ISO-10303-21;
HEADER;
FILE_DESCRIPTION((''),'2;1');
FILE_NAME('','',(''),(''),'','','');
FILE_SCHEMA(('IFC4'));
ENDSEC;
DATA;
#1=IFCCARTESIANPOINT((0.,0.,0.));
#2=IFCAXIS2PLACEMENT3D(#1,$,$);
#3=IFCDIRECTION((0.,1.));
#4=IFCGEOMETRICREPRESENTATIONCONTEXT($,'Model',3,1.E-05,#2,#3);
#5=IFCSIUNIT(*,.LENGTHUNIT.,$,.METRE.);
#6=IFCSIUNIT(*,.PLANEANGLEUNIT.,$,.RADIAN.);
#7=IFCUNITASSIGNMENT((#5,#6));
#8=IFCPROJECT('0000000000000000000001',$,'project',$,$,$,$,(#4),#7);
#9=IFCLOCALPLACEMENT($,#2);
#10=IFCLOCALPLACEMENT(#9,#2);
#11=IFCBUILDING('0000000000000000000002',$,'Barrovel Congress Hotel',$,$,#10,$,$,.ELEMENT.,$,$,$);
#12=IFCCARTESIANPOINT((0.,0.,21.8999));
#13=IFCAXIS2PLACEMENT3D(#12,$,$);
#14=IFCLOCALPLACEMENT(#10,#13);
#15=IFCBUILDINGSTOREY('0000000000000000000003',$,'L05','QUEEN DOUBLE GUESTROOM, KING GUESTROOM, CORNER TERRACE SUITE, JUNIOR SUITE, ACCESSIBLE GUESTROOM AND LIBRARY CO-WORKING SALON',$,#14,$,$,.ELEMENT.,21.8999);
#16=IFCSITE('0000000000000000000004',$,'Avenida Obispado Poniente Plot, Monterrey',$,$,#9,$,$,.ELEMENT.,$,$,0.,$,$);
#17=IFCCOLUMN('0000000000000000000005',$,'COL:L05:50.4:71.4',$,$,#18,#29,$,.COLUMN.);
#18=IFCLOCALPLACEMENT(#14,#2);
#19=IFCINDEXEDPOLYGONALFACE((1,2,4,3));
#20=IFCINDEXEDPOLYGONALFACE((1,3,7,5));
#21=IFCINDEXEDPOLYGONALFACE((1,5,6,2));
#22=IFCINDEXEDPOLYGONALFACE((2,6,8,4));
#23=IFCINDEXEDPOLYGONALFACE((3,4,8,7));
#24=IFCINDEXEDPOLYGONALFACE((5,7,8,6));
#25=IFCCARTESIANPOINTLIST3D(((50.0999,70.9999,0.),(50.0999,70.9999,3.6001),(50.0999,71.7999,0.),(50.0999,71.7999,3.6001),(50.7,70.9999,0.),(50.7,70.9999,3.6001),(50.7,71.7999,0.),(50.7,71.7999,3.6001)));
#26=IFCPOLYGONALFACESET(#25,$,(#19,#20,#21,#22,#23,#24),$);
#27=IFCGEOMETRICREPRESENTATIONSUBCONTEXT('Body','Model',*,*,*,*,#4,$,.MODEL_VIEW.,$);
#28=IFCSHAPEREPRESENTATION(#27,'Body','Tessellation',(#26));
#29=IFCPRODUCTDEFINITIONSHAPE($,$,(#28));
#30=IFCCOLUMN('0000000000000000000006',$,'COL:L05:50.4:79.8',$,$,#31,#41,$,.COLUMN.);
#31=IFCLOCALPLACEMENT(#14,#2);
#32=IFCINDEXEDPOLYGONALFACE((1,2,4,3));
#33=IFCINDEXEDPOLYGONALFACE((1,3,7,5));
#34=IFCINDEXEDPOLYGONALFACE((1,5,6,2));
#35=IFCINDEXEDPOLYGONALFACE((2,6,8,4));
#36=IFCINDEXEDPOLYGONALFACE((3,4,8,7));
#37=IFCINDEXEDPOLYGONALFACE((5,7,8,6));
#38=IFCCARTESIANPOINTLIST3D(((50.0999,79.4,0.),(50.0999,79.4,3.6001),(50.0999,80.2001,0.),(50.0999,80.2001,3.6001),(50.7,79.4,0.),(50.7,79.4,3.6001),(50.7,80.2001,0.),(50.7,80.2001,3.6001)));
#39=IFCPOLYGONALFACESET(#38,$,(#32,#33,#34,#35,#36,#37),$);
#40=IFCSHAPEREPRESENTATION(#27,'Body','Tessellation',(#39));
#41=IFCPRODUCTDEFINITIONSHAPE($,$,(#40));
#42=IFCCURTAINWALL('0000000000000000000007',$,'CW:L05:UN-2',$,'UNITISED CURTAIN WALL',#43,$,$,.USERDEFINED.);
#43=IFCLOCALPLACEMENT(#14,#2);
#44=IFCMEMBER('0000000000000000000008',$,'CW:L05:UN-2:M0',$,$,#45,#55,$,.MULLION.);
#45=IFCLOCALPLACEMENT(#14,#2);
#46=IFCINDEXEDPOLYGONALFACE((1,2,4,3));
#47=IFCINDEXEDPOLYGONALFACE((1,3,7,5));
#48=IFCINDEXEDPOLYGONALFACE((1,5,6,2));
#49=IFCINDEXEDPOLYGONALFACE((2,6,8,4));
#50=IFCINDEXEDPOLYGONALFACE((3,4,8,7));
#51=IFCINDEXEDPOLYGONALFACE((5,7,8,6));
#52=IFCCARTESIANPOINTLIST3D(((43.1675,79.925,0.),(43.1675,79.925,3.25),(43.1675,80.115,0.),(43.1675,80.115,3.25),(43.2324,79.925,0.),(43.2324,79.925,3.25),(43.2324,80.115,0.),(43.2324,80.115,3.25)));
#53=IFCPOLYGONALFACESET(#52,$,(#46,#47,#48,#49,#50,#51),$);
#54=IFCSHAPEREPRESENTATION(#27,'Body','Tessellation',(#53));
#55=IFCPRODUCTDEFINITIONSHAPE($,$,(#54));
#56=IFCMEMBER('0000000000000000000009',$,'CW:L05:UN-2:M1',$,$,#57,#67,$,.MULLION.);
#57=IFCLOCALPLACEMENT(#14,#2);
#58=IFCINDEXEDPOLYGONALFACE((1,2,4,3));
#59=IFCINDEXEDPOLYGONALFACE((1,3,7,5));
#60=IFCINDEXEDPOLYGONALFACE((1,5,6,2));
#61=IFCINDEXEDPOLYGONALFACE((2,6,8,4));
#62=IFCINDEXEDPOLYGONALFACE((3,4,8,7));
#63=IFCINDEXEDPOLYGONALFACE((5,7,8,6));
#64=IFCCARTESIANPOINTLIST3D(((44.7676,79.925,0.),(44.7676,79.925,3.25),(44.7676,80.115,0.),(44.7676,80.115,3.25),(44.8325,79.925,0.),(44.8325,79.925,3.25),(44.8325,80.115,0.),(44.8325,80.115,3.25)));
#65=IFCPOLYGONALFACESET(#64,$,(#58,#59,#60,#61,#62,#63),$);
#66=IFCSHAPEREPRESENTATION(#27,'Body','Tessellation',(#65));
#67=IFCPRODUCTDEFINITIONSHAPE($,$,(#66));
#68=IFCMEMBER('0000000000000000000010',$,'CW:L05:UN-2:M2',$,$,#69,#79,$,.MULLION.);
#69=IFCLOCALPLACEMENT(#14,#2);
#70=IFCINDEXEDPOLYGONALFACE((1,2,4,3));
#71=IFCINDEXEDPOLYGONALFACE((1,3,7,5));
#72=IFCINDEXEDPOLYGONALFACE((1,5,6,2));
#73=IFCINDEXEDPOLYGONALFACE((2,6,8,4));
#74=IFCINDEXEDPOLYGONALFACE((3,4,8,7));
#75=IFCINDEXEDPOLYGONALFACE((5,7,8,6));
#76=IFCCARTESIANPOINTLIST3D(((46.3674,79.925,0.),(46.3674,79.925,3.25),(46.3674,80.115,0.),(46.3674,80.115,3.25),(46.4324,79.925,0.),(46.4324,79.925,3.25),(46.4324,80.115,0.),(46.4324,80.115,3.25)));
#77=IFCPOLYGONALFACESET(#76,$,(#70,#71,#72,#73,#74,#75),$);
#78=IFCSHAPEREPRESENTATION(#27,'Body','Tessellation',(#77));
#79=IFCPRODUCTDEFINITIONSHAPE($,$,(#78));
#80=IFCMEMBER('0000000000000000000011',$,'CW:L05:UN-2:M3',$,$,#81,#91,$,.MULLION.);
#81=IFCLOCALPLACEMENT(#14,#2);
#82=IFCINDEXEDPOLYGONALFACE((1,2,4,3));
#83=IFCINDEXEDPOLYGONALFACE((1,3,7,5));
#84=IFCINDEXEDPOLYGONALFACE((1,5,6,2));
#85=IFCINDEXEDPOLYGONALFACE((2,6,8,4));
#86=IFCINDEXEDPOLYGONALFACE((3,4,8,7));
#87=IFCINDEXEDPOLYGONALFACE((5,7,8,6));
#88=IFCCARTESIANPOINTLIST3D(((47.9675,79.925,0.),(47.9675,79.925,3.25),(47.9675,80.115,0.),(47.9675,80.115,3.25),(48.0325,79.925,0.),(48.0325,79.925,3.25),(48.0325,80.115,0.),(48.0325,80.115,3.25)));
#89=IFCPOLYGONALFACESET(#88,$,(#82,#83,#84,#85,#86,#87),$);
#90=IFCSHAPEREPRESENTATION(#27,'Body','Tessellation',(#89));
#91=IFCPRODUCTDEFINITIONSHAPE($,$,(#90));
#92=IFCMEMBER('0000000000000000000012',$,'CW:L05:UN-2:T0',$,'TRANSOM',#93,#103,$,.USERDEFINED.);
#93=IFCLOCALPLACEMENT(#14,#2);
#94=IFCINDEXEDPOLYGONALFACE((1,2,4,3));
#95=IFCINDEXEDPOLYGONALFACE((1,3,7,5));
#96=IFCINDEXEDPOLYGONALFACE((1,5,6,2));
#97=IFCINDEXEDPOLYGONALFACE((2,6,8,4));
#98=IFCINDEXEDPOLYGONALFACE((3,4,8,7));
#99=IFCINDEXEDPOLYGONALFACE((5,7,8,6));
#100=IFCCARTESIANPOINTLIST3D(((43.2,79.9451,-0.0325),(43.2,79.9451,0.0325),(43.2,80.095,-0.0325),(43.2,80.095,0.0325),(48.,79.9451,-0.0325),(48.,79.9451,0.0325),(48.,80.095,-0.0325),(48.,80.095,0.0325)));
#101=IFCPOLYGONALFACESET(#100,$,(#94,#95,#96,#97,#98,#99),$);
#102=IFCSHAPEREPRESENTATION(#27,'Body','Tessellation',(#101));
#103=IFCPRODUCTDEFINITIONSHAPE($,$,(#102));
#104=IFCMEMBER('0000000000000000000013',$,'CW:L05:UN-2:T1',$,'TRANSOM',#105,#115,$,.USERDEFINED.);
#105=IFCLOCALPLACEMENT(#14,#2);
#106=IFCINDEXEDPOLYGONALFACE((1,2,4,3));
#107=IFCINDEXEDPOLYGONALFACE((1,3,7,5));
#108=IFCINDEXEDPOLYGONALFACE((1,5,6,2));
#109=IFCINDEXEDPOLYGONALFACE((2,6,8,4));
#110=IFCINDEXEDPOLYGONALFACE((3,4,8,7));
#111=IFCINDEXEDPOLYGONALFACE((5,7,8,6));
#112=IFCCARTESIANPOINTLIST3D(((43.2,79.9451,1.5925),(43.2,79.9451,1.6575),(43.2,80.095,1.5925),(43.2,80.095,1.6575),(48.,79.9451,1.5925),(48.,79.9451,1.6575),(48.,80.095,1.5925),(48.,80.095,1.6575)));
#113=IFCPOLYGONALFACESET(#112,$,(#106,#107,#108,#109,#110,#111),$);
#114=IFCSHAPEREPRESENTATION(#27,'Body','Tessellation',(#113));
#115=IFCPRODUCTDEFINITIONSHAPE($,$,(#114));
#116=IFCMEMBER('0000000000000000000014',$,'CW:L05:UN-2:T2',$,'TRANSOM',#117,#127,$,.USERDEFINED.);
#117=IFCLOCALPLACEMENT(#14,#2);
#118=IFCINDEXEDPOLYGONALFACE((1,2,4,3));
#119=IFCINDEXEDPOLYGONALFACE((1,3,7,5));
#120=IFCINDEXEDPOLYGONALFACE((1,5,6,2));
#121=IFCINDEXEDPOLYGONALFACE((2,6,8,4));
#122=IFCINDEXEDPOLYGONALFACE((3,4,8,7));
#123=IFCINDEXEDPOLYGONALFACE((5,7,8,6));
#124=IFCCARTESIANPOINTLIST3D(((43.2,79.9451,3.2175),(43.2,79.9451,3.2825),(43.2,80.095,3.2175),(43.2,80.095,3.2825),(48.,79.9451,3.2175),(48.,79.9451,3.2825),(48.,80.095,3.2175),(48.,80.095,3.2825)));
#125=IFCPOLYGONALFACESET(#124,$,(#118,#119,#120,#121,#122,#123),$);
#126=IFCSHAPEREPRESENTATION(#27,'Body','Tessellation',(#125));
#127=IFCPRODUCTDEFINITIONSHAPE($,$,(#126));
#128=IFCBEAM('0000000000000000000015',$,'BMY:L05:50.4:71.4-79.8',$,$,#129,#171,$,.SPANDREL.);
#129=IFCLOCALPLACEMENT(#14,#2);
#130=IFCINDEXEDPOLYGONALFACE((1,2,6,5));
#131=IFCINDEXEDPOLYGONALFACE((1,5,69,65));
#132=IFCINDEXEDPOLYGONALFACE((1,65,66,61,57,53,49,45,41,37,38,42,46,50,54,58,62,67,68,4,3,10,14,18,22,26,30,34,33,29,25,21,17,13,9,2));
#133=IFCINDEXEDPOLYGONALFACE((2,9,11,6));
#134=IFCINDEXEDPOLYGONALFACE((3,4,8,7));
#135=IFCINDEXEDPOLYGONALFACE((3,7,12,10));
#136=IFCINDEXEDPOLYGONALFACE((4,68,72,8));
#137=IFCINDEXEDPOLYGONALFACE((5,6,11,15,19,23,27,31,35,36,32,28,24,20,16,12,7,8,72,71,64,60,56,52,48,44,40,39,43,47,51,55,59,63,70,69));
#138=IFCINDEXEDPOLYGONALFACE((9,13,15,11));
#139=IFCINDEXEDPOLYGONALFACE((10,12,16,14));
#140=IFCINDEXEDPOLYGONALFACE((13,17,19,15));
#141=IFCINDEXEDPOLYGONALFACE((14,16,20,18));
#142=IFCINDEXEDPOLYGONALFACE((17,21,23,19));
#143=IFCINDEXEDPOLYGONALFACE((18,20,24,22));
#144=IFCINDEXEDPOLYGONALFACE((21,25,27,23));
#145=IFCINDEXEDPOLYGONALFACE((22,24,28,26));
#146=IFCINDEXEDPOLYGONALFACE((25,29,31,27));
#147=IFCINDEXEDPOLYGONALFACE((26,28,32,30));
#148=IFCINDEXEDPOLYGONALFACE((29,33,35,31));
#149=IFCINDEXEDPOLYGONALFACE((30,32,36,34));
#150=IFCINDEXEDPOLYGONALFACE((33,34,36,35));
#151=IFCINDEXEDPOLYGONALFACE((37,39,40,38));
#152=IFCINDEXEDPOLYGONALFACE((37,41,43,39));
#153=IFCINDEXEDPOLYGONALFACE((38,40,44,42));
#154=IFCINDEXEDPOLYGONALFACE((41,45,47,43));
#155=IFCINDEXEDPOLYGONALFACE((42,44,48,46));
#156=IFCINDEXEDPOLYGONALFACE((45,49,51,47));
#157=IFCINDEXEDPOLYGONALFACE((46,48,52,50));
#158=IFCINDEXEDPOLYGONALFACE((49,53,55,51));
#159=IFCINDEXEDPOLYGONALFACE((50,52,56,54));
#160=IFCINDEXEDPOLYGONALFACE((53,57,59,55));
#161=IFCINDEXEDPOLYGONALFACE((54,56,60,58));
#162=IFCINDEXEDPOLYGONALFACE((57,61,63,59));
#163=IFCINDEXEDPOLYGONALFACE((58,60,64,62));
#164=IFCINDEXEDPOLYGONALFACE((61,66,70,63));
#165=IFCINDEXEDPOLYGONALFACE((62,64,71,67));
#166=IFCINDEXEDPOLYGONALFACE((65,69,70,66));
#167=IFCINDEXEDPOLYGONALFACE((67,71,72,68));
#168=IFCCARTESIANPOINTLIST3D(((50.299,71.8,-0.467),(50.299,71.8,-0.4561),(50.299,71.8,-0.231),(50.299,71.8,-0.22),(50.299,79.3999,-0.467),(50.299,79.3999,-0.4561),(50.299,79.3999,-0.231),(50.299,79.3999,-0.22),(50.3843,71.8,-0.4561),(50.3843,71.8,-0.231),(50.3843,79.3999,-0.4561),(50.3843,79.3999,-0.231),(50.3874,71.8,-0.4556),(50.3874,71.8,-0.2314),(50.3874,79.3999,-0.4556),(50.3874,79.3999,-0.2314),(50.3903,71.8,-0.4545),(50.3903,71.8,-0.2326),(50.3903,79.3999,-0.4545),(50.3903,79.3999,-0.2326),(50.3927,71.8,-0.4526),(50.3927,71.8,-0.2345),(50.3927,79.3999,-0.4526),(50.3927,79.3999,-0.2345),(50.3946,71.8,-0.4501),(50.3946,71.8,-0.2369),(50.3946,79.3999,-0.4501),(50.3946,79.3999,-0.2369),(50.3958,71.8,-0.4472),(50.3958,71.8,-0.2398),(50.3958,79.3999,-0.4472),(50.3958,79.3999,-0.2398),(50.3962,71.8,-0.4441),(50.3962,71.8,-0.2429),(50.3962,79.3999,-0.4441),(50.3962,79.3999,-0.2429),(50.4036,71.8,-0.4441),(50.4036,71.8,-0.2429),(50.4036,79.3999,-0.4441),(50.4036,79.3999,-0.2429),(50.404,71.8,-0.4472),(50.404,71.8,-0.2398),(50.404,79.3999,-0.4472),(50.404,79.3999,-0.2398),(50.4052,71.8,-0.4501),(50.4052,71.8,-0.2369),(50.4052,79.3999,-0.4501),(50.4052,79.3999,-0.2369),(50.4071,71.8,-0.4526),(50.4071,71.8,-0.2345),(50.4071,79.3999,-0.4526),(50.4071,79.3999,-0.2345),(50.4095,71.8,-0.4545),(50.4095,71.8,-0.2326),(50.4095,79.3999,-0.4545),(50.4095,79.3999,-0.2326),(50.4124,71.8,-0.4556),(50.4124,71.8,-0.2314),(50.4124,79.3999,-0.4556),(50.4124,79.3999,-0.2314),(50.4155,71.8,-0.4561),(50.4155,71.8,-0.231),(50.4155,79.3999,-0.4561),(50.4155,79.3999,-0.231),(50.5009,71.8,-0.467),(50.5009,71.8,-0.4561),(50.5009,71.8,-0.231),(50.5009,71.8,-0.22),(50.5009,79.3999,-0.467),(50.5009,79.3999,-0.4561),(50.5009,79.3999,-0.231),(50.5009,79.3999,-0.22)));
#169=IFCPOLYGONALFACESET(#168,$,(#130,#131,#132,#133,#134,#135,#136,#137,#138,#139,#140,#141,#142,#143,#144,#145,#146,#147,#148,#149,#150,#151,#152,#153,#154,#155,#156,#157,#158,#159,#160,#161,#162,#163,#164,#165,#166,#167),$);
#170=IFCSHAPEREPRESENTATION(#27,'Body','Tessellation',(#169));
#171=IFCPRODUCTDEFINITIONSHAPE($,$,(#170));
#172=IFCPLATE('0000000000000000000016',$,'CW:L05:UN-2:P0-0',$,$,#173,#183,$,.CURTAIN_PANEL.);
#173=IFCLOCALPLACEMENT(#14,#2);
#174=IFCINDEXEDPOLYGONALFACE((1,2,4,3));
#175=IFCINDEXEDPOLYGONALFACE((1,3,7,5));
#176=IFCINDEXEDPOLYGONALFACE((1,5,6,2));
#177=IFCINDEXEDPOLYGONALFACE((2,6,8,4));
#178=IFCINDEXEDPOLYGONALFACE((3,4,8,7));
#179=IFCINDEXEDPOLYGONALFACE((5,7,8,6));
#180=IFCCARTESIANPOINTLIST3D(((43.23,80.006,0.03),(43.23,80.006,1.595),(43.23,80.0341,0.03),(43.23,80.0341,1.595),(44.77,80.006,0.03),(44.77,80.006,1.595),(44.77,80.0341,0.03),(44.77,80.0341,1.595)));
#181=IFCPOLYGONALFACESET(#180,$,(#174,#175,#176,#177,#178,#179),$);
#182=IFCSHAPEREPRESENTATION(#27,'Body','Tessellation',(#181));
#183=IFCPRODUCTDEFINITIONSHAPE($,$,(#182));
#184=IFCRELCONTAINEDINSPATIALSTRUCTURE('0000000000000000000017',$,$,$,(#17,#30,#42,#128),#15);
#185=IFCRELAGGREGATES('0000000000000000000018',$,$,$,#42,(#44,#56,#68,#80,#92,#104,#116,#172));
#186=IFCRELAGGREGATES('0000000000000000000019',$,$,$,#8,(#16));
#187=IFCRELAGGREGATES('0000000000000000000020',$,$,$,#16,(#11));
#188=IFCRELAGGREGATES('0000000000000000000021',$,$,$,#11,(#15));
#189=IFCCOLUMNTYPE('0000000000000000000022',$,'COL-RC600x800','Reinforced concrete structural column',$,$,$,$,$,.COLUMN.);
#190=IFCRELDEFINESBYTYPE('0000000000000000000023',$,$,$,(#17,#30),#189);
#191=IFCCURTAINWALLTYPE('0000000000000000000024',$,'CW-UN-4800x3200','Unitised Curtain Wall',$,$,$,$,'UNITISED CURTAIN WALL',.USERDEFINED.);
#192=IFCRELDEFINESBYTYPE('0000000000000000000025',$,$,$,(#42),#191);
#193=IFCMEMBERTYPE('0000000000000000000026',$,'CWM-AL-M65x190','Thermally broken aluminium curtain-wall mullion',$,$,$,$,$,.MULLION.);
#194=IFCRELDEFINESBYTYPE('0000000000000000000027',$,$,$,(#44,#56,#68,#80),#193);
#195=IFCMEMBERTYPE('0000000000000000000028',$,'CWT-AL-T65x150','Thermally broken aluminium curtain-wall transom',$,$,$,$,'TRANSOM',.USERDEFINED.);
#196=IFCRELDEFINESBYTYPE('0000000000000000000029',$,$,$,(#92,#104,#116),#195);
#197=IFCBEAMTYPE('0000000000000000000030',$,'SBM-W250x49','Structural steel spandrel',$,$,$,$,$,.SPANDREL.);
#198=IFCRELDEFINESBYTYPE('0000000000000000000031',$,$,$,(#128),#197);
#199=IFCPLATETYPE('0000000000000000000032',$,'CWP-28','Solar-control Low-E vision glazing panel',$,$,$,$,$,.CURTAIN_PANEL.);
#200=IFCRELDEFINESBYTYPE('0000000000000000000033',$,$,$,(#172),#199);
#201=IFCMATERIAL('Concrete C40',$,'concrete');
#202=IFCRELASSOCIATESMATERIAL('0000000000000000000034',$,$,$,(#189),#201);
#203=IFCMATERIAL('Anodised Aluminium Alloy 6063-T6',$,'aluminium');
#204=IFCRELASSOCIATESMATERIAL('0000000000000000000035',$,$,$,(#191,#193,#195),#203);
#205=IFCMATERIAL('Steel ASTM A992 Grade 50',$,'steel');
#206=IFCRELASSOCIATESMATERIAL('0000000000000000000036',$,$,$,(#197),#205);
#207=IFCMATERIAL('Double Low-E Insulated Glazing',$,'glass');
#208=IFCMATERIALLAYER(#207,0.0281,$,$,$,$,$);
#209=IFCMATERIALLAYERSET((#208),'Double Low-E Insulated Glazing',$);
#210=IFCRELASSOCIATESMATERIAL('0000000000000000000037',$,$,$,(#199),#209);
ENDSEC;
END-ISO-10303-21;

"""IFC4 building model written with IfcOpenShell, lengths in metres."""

from ifc_helpers import new_model, si_unit, direction, frame, origin, origin_2d, place, context, subcontext, project, spatial, rectangle, i_section, extrude, material, layer, layer_set, material_profile, profile_set, type_object, element, aggregate, save


model = new_model("IFC4")

# Units and contexts
model_context = context("Model", 3, precision=1e-05, world=origin(), true_north=direction((0.0, 1.0)))
body_context = subcontext(model_context, "Body", "Model", "MODEL_VIEW")
ifc_project = project(units=[si_unit("LENGTHUNIT", "METRE"), si_unit("PLANEANGLEUNIT", "RADIAN")], contexts=[model_context])

# Site, building, storey
site_placement = place(None, origin())
site = spatial("IfcSite", under=ifc_project, at=site_placement, Name="Avenida Obispado Poniente Plot, Monterrey", CompositionType="ELEMENT", RefElevation=0.0)
building_placement = place(site_placement, origin())
building = spatial("IfcBuilding", under=site, at=building_placement, Name="Barrovel Congress Hotel", CompositionType="ELEMENT")
storey_placement = place(building_placement, frame((0.0, 0.0, 21.8999)))
storey = spatial("IfcBuildingStorey", under=building, at=storey_placement, Name="L05", Description="QUEEN DOUBLE GUESTROOM, KING GUESTROOM, CORNER TERRACE SUITE, JUNIOR SUITE, ACCESSIBLE GUESTROOM AND LIBRARY CO-WORKING SALON", CompositionType="ELEMENT", Elevation=21.8999)

# Columns
ifc_material_1 = material(Name="Concrete C40", Category="concrete")
ifc_material_profile_1 = material_profile(ifc_material_1, rectangle(XDim=0.6001, YDim=0.8, at=origin_2d()), Name="RC600x800")
ifc_profile_set_1 = profile_set([ifc_material_profile_1], Name="Concrete C40")
column_type = type_object("IfcColumnType", Name="COL-RC600x800", Description="Reinforced concrete structural column", PredefinedType="COLUMN", material=ifc_profile_set_1)
for number, where, z_axis, x_axis, name in (
    (1, (50.3999, 71.3999, 0.0), (0.0, 0.0, 1.0), (1.0, 0.0, 0.0), "COL:L05:50.4:71.4"),
    (2, (50.3999, 79.8, 0.0), (0.0, 0.0, 1.0), (1.0, 0.0, 0.0), "COL:L05:50.4:79.8"),
):
    element("IfcColumn", number, at=place(storey_placement, frame(where, z_axis=z_axis, x_axis=x_axis)), inside=storey, type_object=column_type, Name=name, PredefinedType="COLUMN", context=body_context, shape_type="SweptSolid", body=[
        extrude(rectangle(XDim=0.6001, YDim=0.8, at=origin_2d()), origin(), (0.0, 0.0, 1.0), 3.6001),
    ])

# Curtain wall, members
ifc_material_2 = material(Name="Anodised Aluminium Alloy 6063-T6", Category="aluminium")
curtain_wall_type = type_object("IfcCurtainWallType", Name="CW-UN-4800x3200", Description="Unitised Curtain Wall", ElementType="UNITISED CURTAIN WALL", PredefinedType="USERDEFINED", material=ifc_material_2)
curtain_wall_placement = place(storey_placement, origin())
curtain_wall = element("IfcCurtainWall", 3, at=curtain_wall_placement, inside=storey, type_object=curtain_wall_type, Name="CW:L05:UN-2", ObjectType="UNITISED CURTAIN WALL", PredefinedType="USERDEFINED")
ifc_material_profile_2 = material_profile(ifc_material_2, rectangle(XDim=0.0649, YDim=0.1899, at=origin_2d()), Name="AL-M65x190")
ifc_profile_set_2 = profile_set([ifc_material_profile_2], Name="Anodised Aluminium Alloy 6063-T6")
member_type_1 = type_object("IfcMemberType", Name="CWM-AL-M65x190", Description="Thermally broken aluminium curtain-wall mullion", PredefinedType="MULLION", material=ifc_profile_set_2)
member_1_placement = place(storey_placement, frame((43.2, 80.02, 0.0), z_axis=(0.0, 0.0, 1.0), x_axis=(1.0, 0.0, 0.0)))
member_1 = element("IfcMember", 4, at=member_1_placement, type_object=member_type_1, Name="CW:L05:UN-2:M0", PredefinedType="MULLION", context=body_context, shape_type="SweptSolid", body=[
    extrude(rectangle(XDim=0.0649, YDim=0.1899, at=origin_2d()), origin(), (0.0, 0.0, 1.0), 3.25),
])
member_2_placement = place(storey_placement, frame((44.8, 80.02, 0.0), z_axis=(0.0, 0.0, 1.0), x_axis=(1.0, 0.0, 0.0)))
member_2 = element("IfcMember", 5, at=member_2_placement, type_object=member_type_1, Name="CW:L05:UN-2:M1", PredefinedType="MULLION", context=body_context, shape_type="SweptSolid", body=[
    extrude(rectangle(XDim=0.0649, YDim=0.1899, at=origin_2d()), origin(), (0.0, 0.0, 1.0), 3.25),
])
member_3_placement = place(storey_placement, frame((46.3999, 80.02, 0.0), z_axis=(0.0, 0.0, 1.0), x_axis=(1.0, 0.0, 0.0)))
member_3 = element("IfcMember", 6, at=member_3_placement, type_object=member_type_1, Name="CW:L05:UN-2:M2", PredefinedType="MULLION", context=body_context, shape_type="SweptSolid", body=[
    extrude(rectangle(XDim=0.0649, YDim=0.1899, at=origin_2d()), origin(), (0.0, 0.0, 1.0), 3.25),
])
member_4_placement = place(storey_placement, frame((48.0, 80.02, 0.0), z_axis=(0.0, 0.0, 1.0), x_axis=(1.0, 0.0, 0.0)))
member_4 = element("IfcMember", 7, at=member_4_placement, type_object=member_type_1, Name="CW:L05:UN-2:M3", PredefinedType="MULLION", context=body_context, shape_type="SweptSolid", body=[
    extrude(rectangle(XDim=0.0649, YDim=0.1899, at=origin_2d()), origin(), (0.0, 0.0, 1.0), 3.25),
])
ifc_material_profile_3 = material_profile(ifc_material_2, rectangle(XDim=0.1499, YDim=0.0649, at=origin_2d()), Name="AL-T65x150")
ifc_profile_set_3 = profile_set([ifc_material_profile_3], Name="Anodised Aluminium Alloy 6063-T6")
member_type_2 = type_object("IfcMemberType", Name="CWT-AL-T65x150", Description="Thermally broken aluminium curtain-wall transom", ElementType="TRANSOM", PredefinedType="USERDEFINED", material=ifc_profile_set_3)
member_5_placement = place(storey_placement, frame((43.2, 80.02, 0.0), z_axis=(1.0, 0.0, 0.0), x_axis=(0.0, 1.0, 0.0)))
member_5 = element("IfcMember", 8, at=member_5_placement, type_object=member_type_2, Name="CW:L05:UN-2:T0", ObjectType="TRANSOM", PredefinedType="USERDEFINED", context=body_context, shape_type="SweptSolid", body=[
    extrude(rectangle(XDim=0.1499, YDim=0.0649, at=origin_2d()), origin(), (0.0, 0.0, 1.0), 4.8),
])
member_6_placement = place(storey_placement, frame((43.2, 80.02, 1.625), z_axis=(1.0, 0.0, 0.0), x_axis=(0.0, 1.0, 0.0)))
member_6 = element("IfcMember", 9, at=member_6_placement, type_object=member_type_2, Name="CW:L05:UN-2:T1", ObjectType="TRANSOM", PredefinedType="USERDEFINED", context=body_context, shape_type="SweptSolid", body=[
    extrude(rectangle(XDim=0.1499, YDim=0.0649, at=origin_2d()), origin(), (0.0, 0.0, 1.0), 4.8),
])
member_7_placement = place(storey_placement, frame((43.2, 80.02, 3.25), z_axis=(1.0, 0.0, 0.0), x_axis=(0.0, 1.0, 0.0)))
member_7 = element("IfcMember", 10, at=member_7_placement, type_object=member_type_2, Name="CW:L05:UN-2:T2", ObjectType="TRANSOM", PredefinedType="USERDEFINED", context=body_context, shape_type="SweptSolid", body=[
    extrude(rectangle(XDim=0.1499, YDim=0.0649, at=origin_2d()), origin(), (0.0, 0.0, 1.0), 4.8),
])

# Beam
ifc_material_3 = material(Name="Steel ASTM A992 Grade 50", Category="steel")
ifc_material_profile_4 = material_profile(ifc_material_3, i_section(OverallWidth=0.2019, OverallDepth=0.2471, WebThickness=0.0073, FlangeThickness=0.011, FilletRadius=0.012, at=origin_2d()), Name="W250x49")
ifc_profile_set_4 = profile_set([ifc_material_profile_4], Name="Steel ASTM A992 Grade 50")
beam_type = type_object("IfcBeamType", Name="SBM-W250x49", Description="Structural steel spandrel", PredefinedType="SPANDREL", material=ifc_profile_set_4)
beam_placement = place(storey_placement, frame((50.3999, 71.8, -0.3435), z_axis=(0.0, 1.0, 0.0), x_axis=(-1.0, 0.0, 0.0)))
element("IfcBeam", 11, at=beam_placement, inside=storey, type_object=beam_type, Name="BMY:L05:50.4:71.4-79.8", PredefinedType="SPANDREL", context=body_context, shape_type="SweptSolid", body=[
    extrude(i_section(OverallWidth=0.2019, OverallDepth=0.2471, WebThickness=0.0073, FlangeThickness=0.011, FilletRadius=0.012, at=origin_2d()), origin(), (0.0, 0.0, 1.0), 7.5999),
])

# Plate
ifc_material_4 = material(Name="Double Low-E Insulated Glazing", Category="glass")
ifc_layer_1 = layer(ifc_material_4, 0.0281)
ifc_layer_set_1 = layer_set([ifc_layer_1], Name="Double Low-E Insulated Glazing")
plate_type = type_object("IfcPlateType", Name="CWP-28", Description="Solar-control Low-E vision glazing panel", PredefinedType="CURTAIN_PANEL", material=ifc_layer_set_1)
plate_1_placement = place(storey_placement, frame((44.0, 80.02, 0.03), z_axis=(0.0, 0.0, 1.0), x_axis=(1.0, 0.0, 0.0)))
plate_1 = element("IfcPlate", 12, at=plate_1_placement, type_object=plate_type, Name="CW:L05:UN-2:P0-0", PredefinedType="CURTAIN_PANEL", context=body_context, shape_type="SweptSolid", body=[
    extrude(rectangle(XDim=1.54, YDim=0.0281, at=origin_2d()), origin(), (0.0, 0.0, 1.0), 1.5649),
])
aggregate(curtain_wall, [member_1, member_2, member_3, member_4, member_5, member_6, member_7, plate_1])

save(model, "model.ifc")
